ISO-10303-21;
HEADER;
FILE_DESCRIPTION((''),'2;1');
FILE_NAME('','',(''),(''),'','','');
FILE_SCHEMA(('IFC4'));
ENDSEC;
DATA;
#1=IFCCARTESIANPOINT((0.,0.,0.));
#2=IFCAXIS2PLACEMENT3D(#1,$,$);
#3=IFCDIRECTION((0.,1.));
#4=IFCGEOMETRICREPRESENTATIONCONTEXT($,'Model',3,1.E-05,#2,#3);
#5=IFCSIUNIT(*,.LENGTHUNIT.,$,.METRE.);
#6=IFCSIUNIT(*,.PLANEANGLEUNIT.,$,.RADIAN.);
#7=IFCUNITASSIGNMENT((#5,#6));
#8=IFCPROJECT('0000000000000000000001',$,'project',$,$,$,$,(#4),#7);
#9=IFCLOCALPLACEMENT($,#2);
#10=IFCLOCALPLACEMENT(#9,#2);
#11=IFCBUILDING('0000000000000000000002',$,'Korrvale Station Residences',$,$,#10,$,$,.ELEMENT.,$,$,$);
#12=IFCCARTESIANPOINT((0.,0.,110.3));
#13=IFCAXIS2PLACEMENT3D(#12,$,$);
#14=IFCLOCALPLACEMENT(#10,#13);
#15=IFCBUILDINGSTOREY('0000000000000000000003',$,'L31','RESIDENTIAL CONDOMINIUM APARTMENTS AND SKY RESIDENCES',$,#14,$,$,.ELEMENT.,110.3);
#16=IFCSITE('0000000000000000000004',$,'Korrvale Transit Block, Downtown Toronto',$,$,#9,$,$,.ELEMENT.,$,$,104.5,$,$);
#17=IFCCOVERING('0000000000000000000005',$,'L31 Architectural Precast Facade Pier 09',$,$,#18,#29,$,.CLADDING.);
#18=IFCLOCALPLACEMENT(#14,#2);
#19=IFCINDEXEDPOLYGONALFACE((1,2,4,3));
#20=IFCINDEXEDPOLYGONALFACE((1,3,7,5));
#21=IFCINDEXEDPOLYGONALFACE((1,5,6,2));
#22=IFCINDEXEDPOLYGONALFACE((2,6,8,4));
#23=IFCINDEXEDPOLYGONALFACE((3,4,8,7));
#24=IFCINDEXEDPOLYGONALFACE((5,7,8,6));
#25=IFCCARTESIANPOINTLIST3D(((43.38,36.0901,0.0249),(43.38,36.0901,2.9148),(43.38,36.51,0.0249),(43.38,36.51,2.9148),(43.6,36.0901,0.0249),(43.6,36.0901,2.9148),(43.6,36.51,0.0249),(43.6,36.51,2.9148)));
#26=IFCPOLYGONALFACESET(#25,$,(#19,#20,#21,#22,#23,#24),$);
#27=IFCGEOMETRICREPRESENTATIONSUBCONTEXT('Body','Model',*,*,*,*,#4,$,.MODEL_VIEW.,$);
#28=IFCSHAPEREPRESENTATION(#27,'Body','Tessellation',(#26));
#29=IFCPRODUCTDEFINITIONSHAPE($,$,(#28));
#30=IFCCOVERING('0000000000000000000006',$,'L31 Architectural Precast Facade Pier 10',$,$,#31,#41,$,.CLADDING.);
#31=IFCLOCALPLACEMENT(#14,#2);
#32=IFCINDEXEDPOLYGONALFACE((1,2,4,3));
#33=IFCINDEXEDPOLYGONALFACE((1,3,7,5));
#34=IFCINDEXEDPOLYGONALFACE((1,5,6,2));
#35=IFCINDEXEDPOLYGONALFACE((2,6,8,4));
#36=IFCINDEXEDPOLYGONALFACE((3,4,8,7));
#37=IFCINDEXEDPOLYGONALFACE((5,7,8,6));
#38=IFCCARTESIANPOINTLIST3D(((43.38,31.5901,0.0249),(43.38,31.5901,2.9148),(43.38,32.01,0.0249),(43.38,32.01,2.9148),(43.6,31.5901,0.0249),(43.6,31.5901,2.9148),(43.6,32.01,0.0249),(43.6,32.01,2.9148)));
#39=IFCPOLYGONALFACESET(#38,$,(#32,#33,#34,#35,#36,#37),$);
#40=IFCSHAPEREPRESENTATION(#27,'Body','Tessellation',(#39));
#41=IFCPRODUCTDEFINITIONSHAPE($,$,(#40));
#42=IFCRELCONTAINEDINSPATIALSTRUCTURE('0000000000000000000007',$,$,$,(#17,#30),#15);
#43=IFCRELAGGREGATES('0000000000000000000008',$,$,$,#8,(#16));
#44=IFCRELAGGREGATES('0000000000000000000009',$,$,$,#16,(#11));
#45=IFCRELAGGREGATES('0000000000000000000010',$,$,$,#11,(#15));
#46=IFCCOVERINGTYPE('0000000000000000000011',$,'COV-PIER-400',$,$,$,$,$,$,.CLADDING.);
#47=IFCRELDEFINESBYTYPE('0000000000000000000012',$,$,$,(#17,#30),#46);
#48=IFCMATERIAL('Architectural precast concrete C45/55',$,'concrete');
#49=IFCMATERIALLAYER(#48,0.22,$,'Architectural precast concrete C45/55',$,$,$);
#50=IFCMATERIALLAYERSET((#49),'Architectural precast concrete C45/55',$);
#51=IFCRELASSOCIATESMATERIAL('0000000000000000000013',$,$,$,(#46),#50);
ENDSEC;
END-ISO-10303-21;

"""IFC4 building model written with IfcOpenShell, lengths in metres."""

from ifc_helpers import new_model, si_unit, direction, frame, origin, origin_2d, place, context, subcontext, project, spatial, rectangle, extrude, material, layer, layer_set, type_object, element, save


model = new_model("IFC4")

# Units and contexts
model_context = context("Model", 3, precision=1e-05, world=origin(), true_north=direction((0.0, 1.0)))
body_context = subcontext(model_context, "Body", "Model", "MODEL_VIEW")
ifc_project = project(units=[si_unit("LENGTHUNIT", "METRE"), si_unit("PLANEANGLEUNIT", "RADIAN")], contexts=[model_context])

# Site, building, storey
site_placement = place(None, origin())
site = spatial("IfcSite", under=ifc_project, at=site_placement, Name="Korrvale Transit Block, Downtown Toronto", CompositionType="ELEMENT", RefElevation=104.5)
building_placement = place(site_placement, origin())
building = spatial("IfcBuilding", under=site, at=building_placement, Name="Korrvale Station Residences", CompositionType="ELEMENT")
storey_placement = place(building_placement, frame((0.0, 0.0, 110.3)))
storey = spatial("IfcBuildingStorey", under=building, at=storey_placement, Name="L31", Description="RESIDENTIAL CONDOMINIUM APARTMENTS AND SKY RESIDENCES", CompositionType="ELEMENT", Elevation=110.3)

# Coverings
ifc_material_1 = material(Name="Architectural precast concrete C45/55", Category="concrete")
ifc_layer_1 = layer(ifc_material_1, 0.22, Name="Architectural precast concrete C45/55")
ifc_layer_set_1 = layer_set([ifc_layer_1], Name="Architectural precast concrete C45/55")
covering_type = type_object("IfcCoveringType", Name="COV-PIER-400", PredefinedType="CLADDING", material=ifc_layer_set_1)
for number, where, z_axis, x_axis, name in (
    (1, (43.49, 36.3, 0.0249), (0.0, 0.0, 1.0), (0.0, 1.0, 0.0), "L31 Architectural Precast Facade Pier 09"),
    (2, (43.49, 31.8, 0.0249), (0.0, 0.0, 1.0), (0.0, 1.0, 0.0), "L31 Architectural Precast Facade Pier 10"),
):
    element("IfcCovering", number, at=place(storey_placement, frame(where, z_axis=z_axis, x_axis=x_axis)), inside=storey, type_object=covering_type, Name=name, PredefinedType="CLADDING", context=body_context, shape_type="SweptSolid", body=[
        extrude(rectangle(XDim=0.4199, YDim=0.22, at=origin_2d()), origin(), (0.0, 0.0, 1.0), 2.8899),
    ])

save(model, "model.ifc")
